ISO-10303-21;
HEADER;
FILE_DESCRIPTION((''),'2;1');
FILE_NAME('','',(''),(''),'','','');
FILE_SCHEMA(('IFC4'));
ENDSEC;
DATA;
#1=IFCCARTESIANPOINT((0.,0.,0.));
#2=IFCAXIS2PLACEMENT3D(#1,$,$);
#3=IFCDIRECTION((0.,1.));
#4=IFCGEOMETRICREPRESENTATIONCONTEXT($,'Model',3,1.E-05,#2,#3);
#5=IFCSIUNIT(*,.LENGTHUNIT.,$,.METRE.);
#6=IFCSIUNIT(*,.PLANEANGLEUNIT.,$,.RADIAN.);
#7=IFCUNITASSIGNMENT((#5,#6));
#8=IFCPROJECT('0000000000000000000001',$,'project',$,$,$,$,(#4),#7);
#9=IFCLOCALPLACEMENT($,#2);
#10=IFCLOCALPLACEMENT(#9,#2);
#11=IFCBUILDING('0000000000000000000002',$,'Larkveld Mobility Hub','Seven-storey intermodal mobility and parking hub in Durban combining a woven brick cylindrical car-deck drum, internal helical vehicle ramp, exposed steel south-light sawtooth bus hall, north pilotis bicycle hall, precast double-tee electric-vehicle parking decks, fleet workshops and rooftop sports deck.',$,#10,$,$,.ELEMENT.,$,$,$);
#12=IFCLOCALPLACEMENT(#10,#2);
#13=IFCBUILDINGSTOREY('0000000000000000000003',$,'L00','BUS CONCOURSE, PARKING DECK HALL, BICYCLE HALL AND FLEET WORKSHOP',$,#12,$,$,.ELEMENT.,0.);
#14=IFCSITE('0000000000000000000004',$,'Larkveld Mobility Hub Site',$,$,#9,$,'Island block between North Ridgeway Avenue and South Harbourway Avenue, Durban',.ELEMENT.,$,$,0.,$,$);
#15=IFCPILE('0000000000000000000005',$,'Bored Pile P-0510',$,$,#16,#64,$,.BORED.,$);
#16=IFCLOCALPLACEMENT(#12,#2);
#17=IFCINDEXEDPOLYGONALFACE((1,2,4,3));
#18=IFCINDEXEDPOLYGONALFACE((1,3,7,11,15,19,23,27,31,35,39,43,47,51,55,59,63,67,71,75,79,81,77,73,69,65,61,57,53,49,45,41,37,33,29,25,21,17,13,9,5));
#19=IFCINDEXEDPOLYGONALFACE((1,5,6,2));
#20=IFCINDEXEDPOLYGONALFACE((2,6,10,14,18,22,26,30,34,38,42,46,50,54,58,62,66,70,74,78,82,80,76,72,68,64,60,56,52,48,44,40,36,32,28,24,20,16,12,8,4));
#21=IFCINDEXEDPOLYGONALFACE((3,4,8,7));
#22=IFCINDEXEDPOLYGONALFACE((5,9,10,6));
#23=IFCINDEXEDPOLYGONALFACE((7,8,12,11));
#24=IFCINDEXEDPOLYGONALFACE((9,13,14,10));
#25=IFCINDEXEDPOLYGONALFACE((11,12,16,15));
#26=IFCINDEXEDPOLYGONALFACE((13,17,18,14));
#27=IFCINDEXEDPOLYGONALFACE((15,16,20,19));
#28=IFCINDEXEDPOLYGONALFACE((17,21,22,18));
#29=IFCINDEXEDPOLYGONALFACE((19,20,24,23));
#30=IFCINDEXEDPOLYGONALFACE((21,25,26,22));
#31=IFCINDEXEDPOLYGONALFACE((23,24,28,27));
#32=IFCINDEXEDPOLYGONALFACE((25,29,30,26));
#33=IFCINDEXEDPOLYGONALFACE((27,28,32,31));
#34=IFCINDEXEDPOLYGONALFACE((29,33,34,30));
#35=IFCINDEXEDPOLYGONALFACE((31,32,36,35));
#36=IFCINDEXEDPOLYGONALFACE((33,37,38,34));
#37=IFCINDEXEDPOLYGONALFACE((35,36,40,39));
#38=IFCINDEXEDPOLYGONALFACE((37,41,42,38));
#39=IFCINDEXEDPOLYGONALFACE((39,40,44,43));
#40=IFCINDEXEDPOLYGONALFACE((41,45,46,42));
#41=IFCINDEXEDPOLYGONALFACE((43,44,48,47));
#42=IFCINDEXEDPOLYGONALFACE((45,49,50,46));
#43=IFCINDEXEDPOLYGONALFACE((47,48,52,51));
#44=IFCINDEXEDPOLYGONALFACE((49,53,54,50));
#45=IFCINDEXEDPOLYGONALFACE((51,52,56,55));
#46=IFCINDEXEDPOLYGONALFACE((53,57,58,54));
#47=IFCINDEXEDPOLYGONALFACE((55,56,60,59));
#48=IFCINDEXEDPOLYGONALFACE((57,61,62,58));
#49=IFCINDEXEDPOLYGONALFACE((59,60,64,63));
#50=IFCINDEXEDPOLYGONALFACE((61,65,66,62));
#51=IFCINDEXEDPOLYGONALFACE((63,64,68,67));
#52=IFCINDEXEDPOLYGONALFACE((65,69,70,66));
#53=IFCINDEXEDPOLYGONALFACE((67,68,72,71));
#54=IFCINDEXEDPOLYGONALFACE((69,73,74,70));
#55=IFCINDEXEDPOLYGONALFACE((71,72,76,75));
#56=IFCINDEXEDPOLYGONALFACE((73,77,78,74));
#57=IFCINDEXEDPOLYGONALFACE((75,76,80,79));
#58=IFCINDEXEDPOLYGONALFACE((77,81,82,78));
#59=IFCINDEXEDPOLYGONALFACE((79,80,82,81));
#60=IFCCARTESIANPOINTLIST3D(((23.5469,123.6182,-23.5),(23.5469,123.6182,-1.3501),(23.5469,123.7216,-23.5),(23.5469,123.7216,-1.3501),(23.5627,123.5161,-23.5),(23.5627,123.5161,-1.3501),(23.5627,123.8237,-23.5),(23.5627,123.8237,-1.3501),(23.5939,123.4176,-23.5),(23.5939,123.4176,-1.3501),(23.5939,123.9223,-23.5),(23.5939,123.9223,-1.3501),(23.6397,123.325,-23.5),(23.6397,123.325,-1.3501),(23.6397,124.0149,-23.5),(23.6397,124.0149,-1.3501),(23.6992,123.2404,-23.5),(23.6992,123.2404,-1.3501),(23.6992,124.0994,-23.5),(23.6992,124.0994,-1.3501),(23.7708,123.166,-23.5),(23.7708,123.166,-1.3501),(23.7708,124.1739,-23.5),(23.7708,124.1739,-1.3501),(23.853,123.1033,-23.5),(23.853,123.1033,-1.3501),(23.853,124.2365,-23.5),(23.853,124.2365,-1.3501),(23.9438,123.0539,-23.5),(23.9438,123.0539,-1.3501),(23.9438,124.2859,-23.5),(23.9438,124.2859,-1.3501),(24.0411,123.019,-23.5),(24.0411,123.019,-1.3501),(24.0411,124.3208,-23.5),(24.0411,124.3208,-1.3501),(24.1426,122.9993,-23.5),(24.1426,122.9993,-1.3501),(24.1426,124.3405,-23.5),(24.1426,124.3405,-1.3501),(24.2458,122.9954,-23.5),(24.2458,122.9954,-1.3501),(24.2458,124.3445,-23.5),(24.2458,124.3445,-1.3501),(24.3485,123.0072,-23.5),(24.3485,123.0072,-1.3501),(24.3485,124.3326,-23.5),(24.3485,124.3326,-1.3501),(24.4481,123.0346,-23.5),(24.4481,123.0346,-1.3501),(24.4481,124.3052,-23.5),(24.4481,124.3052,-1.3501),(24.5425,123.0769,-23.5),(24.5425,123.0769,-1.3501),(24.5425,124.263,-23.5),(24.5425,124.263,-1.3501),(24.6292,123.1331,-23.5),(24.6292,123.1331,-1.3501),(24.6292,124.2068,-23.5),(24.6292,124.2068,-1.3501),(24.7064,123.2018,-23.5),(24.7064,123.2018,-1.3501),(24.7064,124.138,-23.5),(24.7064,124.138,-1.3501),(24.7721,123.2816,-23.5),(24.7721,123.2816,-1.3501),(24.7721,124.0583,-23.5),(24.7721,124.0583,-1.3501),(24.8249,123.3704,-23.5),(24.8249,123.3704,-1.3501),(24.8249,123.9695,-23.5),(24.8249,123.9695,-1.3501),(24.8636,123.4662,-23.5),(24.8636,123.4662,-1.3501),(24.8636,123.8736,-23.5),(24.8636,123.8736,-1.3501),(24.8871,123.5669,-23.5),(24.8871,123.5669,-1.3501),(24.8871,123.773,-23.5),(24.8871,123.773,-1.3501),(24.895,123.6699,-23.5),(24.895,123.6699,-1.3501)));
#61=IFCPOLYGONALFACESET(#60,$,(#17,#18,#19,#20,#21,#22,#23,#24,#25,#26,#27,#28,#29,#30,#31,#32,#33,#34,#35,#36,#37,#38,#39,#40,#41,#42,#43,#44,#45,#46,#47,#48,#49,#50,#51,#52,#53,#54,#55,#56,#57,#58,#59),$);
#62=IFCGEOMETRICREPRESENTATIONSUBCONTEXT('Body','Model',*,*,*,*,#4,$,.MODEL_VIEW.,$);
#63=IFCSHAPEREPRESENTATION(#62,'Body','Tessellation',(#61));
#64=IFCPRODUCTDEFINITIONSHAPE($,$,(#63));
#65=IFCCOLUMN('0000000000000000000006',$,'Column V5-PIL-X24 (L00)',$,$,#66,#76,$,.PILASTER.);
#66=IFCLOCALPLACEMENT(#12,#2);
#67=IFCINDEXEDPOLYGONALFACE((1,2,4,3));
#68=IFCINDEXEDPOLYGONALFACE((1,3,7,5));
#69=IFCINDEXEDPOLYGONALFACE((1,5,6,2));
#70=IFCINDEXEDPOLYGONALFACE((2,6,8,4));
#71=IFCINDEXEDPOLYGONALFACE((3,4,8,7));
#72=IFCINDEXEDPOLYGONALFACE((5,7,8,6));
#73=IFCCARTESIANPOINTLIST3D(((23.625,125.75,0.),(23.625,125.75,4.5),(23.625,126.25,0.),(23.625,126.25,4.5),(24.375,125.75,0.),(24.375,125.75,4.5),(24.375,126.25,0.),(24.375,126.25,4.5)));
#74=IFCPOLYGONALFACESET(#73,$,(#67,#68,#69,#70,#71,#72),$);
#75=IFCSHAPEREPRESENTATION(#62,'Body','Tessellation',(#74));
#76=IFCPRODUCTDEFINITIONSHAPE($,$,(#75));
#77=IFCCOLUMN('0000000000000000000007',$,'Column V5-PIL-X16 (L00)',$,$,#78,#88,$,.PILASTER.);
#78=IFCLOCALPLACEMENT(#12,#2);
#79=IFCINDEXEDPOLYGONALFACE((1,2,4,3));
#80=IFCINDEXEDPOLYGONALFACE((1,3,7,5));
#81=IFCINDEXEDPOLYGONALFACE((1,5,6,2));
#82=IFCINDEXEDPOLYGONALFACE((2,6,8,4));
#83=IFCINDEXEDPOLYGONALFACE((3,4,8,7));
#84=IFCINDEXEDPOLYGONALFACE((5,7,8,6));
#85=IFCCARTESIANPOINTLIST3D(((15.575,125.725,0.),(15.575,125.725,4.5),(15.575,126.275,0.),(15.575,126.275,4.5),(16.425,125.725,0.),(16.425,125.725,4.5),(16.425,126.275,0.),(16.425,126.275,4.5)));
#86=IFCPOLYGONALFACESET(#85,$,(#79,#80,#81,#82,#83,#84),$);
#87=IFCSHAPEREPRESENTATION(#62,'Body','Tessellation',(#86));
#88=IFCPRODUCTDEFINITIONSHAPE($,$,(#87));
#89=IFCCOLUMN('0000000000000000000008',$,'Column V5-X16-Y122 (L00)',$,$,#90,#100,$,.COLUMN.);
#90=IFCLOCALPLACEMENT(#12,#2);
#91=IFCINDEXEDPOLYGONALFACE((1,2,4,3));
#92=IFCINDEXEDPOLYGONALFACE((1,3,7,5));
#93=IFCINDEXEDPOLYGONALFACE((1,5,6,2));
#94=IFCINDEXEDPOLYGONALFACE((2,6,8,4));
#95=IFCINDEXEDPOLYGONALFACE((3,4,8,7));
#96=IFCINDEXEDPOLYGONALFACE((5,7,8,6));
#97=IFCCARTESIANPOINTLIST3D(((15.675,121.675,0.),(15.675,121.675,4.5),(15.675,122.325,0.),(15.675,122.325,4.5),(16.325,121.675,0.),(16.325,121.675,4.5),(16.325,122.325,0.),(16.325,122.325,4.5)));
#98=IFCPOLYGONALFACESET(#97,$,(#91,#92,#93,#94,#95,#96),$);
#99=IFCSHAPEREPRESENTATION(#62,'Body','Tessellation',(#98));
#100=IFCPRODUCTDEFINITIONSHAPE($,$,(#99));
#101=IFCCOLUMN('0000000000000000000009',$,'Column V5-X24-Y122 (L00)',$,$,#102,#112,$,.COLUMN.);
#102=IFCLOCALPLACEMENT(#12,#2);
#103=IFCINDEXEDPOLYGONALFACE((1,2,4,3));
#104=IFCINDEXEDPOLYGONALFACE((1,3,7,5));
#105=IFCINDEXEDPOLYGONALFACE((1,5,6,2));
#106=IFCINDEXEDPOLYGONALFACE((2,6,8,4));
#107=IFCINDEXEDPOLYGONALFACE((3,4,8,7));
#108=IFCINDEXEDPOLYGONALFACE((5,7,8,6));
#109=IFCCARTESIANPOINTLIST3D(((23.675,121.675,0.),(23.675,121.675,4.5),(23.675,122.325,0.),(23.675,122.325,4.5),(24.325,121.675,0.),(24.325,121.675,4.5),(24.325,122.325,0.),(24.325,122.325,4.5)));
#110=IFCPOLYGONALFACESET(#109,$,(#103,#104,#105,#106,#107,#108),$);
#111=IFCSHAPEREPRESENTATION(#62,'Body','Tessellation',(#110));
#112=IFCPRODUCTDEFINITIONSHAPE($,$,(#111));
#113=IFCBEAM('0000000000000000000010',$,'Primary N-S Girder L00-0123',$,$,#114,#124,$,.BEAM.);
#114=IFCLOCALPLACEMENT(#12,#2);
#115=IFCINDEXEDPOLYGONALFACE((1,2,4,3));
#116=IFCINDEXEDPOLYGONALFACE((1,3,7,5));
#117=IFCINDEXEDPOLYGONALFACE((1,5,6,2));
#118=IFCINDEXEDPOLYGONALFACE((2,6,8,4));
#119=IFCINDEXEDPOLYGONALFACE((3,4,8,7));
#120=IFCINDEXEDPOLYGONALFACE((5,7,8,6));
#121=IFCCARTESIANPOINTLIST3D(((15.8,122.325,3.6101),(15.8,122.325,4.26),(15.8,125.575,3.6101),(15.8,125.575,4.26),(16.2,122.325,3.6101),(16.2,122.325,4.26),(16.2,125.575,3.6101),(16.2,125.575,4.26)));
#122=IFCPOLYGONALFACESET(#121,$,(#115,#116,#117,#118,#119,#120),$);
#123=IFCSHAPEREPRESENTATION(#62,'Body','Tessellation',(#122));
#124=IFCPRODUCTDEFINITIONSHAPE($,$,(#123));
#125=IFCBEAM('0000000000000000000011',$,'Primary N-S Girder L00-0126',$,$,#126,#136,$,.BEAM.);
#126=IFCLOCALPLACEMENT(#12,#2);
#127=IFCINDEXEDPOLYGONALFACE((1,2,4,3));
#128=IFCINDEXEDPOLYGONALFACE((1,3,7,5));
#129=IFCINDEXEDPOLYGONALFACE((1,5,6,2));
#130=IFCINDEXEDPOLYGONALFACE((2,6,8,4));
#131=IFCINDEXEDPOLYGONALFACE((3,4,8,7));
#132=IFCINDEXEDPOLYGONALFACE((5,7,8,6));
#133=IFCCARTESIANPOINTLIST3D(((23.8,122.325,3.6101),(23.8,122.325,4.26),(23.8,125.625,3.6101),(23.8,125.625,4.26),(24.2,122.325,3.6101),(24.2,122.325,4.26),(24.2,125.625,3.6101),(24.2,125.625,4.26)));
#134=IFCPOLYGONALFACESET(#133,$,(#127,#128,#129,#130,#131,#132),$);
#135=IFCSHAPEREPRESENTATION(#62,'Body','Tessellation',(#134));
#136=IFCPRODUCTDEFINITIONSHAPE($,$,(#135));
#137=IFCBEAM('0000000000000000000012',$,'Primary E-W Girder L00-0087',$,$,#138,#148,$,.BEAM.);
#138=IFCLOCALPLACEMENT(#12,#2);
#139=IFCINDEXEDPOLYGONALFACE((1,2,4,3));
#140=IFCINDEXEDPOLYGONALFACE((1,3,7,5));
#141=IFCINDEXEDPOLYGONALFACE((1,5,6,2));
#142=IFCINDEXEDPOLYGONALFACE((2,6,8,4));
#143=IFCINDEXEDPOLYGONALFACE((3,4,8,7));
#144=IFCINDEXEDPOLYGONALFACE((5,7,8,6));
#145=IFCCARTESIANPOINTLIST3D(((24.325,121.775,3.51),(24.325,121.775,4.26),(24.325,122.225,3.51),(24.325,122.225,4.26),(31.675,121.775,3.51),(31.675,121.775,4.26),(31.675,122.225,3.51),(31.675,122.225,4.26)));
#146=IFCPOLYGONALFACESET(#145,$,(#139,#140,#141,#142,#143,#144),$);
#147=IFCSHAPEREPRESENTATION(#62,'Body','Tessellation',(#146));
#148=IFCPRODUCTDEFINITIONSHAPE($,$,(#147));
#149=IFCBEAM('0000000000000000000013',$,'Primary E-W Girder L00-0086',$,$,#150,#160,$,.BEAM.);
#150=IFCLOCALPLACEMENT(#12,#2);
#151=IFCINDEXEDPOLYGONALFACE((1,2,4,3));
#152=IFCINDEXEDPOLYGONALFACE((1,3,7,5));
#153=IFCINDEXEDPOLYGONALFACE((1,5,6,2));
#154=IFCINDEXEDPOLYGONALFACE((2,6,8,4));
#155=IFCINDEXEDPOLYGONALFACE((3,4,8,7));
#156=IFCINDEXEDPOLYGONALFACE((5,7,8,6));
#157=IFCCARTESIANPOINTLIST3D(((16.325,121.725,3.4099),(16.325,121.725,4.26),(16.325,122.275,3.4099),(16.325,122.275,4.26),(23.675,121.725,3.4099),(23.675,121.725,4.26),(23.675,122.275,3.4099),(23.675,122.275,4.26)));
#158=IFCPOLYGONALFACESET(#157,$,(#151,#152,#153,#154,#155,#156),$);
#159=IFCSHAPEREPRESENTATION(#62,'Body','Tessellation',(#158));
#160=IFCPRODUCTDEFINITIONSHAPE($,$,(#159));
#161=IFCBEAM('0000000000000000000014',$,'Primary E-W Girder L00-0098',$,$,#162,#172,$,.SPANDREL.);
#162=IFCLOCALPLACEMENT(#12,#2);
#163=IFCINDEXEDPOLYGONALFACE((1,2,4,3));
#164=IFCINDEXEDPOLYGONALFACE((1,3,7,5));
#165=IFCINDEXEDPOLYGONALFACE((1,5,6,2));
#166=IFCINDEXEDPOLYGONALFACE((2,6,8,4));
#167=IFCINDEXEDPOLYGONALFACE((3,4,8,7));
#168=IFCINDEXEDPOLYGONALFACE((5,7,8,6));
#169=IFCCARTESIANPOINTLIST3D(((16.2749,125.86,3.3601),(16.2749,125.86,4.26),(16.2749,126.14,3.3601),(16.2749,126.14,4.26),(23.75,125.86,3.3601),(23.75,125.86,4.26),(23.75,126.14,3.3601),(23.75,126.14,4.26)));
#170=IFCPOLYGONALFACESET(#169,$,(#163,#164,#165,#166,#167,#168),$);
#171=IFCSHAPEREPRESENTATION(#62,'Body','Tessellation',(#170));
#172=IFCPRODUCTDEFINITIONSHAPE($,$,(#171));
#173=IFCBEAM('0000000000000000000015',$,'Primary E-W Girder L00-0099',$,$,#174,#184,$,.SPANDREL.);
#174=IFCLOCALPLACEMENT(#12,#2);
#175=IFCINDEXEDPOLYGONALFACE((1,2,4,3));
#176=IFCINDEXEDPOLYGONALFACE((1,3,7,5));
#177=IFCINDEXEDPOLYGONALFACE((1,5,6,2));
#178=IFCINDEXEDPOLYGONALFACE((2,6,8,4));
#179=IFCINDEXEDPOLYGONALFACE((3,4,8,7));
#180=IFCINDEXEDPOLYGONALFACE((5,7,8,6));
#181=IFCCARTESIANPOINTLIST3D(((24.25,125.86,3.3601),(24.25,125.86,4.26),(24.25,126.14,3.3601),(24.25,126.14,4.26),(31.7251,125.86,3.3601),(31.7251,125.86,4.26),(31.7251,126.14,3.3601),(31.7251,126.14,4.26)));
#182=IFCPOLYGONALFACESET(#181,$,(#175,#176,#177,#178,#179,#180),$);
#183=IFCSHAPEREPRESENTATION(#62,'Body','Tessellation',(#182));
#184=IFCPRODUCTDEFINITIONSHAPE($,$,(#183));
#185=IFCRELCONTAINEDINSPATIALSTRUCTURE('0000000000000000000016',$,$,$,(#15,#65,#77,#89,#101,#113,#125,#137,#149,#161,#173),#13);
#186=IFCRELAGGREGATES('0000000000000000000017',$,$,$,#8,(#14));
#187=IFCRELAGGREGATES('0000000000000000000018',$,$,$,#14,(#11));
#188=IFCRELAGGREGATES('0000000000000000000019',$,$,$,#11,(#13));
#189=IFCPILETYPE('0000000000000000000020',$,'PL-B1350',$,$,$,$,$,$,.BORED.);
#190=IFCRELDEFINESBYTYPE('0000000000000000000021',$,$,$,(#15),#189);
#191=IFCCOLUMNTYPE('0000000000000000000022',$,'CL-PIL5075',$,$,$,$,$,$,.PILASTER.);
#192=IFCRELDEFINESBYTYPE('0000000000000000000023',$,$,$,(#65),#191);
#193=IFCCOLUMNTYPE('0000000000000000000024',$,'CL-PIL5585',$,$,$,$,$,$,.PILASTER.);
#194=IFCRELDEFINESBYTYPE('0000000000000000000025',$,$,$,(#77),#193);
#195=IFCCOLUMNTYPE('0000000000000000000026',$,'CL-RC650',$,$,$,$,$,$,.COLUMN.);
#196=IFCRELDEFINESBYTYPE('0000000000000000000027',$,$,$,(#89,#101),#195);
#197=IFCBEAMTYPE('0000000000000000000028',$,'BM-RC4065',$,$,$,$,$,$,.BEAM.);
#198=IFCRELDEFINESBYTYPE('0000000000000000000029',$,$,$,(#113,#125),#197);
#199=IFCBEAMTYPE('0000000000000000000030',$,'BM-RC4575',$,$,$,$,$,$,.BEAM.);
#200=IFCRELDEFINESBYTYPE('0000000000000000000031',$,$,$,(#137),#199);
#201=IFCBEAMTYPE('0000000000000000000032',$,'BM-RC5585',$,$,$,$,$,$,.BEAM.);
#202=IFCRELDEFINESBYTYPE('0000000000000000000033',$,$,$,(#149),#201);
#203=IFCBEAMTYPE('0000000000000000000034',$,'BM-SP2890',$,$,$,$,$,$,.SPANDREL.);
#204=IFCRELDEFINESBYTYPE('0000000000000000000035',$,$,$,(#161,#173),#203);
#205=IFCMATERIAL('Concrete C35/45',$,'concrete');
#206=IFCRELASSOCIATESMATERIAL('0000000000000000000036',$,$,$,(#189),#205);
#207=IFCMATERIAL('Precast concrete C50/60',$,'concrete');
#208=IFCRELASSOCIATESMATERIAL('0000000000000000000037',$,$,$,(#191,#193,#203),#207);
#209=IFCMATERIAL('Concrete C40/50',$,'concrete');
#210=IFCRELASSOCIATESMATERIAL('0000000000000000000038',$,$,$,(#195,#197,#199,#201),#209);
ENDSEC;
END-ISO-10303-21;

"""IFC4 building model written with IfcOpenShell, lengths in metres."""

from ifc_helpers import new_model, si_unit, direction, frame, origin, origin_2d, place, context, subcontext, project, spatial, rectangle, circle, extrude, material, material_profile, profile_set, type_object, element, save


model = new_model("IFC4")

# Units and contexts
model_context = context("Model", 3, precision=1e-05, world=origin(), true_north=direction((0.0, 1.0)))
body_context = subcontext(model_context, "Body", "Model", "MODEL_VIEW")
ifc_project = project(units=[si_unit("LENGTHUNIT", "METRE"), si_unit("PLANEANGLEUNIT", "RADIAN")], contexts=[model_context])

# Site, building, storey
site_placement = place(None, origin())
site = spatial("IfcSite", under=ifc_project, at=site_placement, Name="Larkveld Mobility Hub Site", LongName="Island block between North Ridgeway Avenue and South Harbourway Avenue, Durban", CompositionType="ELEMENT", RefElevation=0.0)
building_placement = place(site_placement, origin())
building = spatial("IfcBuilding", under=site, at=building_placement, Name="Larkveld Mobility Hub", Description="Seven-storey intermodal mobility and parking hub in Durban combining a woven brick cylindrical car-deck drum, internal helical vehicle ramp, exposed steel south-light sawtooth bus hall, north pilotis bicycle hall, precast double-tee electric-vehicle parking decks, fleet workshops and rooftop sports deck.", CompositionType="ELEMENT")
storey_placement = place(building_placement, origin())
storey = spatial("IfcBuildingStorey", under=building, at=storey_placement, Name="L00", Description="BUS CONCOURSE, PARKING DECK HALL, BICYCLE HALL AND FLEET WORKSHOP", CompositionType="ELEMENT", Elevation=0.0)

# Shared definitions
ifc_material_1 = material(Name="Concrete C35/45", Category="concrete")

# Pile
ifc_material_profile_1 = material_profile(ifc_material_1, circle(Radius=0.675, at=origin_2d()), Name="PILE D1350")
ifc_profile_set_1 = profile_set([ifc_material_profile_1], Name="Concrete C35/45")
pile_type_1 = type_object("IfcPileType", Name="PL-B1350", PredefinedType="BORED", material=ifc_profile_set_1)
for number, where, z_axis, x_axis, name in (
    (1, (24.22, 123.6699, -1.3501), (0.0, 0.0, -1.0), (1.0, 0.0, 0.0), "Bored Pile P-0510"),
):
    element("IfcPile", number, at=place(storey_placement, frame(where, z_axis=z_axis, x_axis=x_axis)), inside=storey, type_object=pile_type_1, Name=name, PredefinedType="BORED", context=body_context, shape_type="SweptSolid", body=[
        extrude(circle(Radius=0.675, at=origin_2d()), origin(), (0.0, 0.0, 1.0), 22.1499),
    ])

# Columns
ifc_material_2 = material(Name="Precast concrete C50/60", Category="concrete")
ifc_material_profile_2 = material_profile(ifc_material_2, rectangle(XDim=0.5, YDim=0.75, at=origin_2d()), Name="PC PIL 500x750")
ifc_profile_set_2 = profile_set([ifc_material_profile_2], Name="Precast concrete C50/60")
column_type_1 = type_object("IfcColumnType", Name="CL-PIL5075", PredefinedType="PILASTER", material=ifc_profile_set_2)
column_1_placement = place(storey_placement, frame((24.0, 126.0, 0.0), z_axis=(0.0, 0.0, 1.0), x_axis=(0.0, 1.0, 0.0)))
element("IfcColumn", 2, at=column_1_placement, inside=storey, type_object=column_type_1, Name="Column V5-PIL-X24 (L00)", PredefinedType="PILASTER", context=body_context, shape_type="SweptSolid", body=[
    extrude(rectangle(XDim=0.5, YDim=0.75, at=origin_2d()), origin(), (0.0, 0.0, 1.0), 4.5),
])
ifc_material_profile_3 = material_profile(ifc_material_2, rectangle(XDim=0.55, YDim=0.8501, at=origin_2d()), Name="PC PIL 550x850")
ifc_profile_set_3 = profile_set([ifc_material_profile_3], Name="Precast concrete C50/60")
column_type_2 = type_object("IfcColumnType", Name="CL-PIL5585", PredefinedType="PILASTER", material=ifc_profile_set_3)
column_2_placement = place(storey_placement, frame((16.0, 126.0, 0.0), z_axis=(0.0, 0.0, 1.0), x_axis=(0.0, 1.0, 0.0)))
element("IfcColumn", 3, at=column_2_placement, inside=storey, type_object=column_type_2, Name="Column V5-PIL-X16 (L00)", PredefinedType="PILASTER", context=body_context, shape_type="SweptSolid", body=[
    extrude(rectangle(XDim=0.55, YDim=0.8501, at=origin_2d()), origin(), (0.0, 0.0, 1.0), 4.5),
])
ifc_material_3 = material(Name="Concrete C40/50", Category="concrete")
ifc_material_profile_4 = material_profile(ifc_material_3, rectangle(XDim=0.6499, YDim=0.6499, at=origin_2d()), Name="RC COL 650x650")
ifc_profile_set_4 = profile_set([ifc_material_profile_4], Name="Concrete C40/50")
column_type_3 = type_object("IfcColumnType", Name="CL-RC650", PredefinedType="COLUMN", material=ifc_profile_set_4)
for number, where, z_axis, x_axis, name in (
    (4, (16.0, 122.0, 0.0), (0.0, 0.0, 1.0), (1.0, 0.0, 0.0), "Column V5-X16-Y122 (L00)"),
    (5, (24.0, 122.0, 0.0), (0.0, 0.0, 1.0), (1.0, 0.0, 0.0), "Column V5-X24-Y122 (L00)"),
):
    element("IfcColumn", number, at=place(storey_placement, frame(where, z_axis=z_axis, x_axis=x_axis)), inside=storey, type_object=column_type_3, Name=name, PredefinedType="COLUMN", context=body_context, shape_type="SweptSolid", body=[
        extrude(rectangle(XDim=0.6499, YDim=0.6499, at=origin_2d()), origin(), (0.0, 0.0, 1.0), 4.5),
    ])

# Beams
ifc_material_profile_5 = material_profile(ifc_material_3, rectangle(XDim=0.3999, YDim=0.6499, at=origin_2d()), Name="RC BM 400x650")
ifc_profile_set_5 = profile_set([ifc_material_profile_5], Name="Concrete C40/50")
beam_type_1 = type_object("IfcBeamType", Name="BM-RC4065", PredefinedType="BEAM", material=ifc_profile_set_5)
beam_1_placement = place(storey_placement, frame((16.0, 122.325, 3.9351), z_axis=(0.0, 1.0, 0.0), x_axis=(-1.0, 0.0, 0.0)))
element("IfcBeam", 6, at=beam_1_placement, inside=storey, type_object=beam_type_1, Name="Primary N-S Girder L00-0123", PredefinedType="BEAM", context=body_context, shape_type="SweptSolid", body=[
    extrude(rectangle(XDim=0.3999, YDim=0.6499, at=origin_2d()), origin(), (0.0, 0.0, 1.0), 3.25),
])
beam_2_placement = place(storey_placement, frame((24.0, 122.325, 3.9351), z_axis=(0.0, 1.0, 0.0), x_axis=(-1.0, 0.0, 0.0)))
element("IfcBeam", 7, at=beam_2_placement, inside=storey, type_object=beam_type_1, Name="Primary N-S Girder L00-0126", PredefinedType="BEAM", context=body_context, shape_type="SweptSolid", body=[
    extrude(rectangle(XDim=0.3999, YDim=0.6499, at=origin_2d()), origin(), (0.0, 0.0, 1.0), 3.3),
])
ifc_material_profile_6 = material_profile(ifc_material_3, rectangle(XDim=0.45, YDim=0.75, at=origin_2d()), Name="RC BM 450x750")
ifc_profile_set_6 = profile_set([ifc_material_profile_6], Name="Concrete C40/50")
beam_type_2 = type_object("IfcBeamType", Name="BM-RC4575", PredefinedType="BEAM", material=ifc_profile_set_6)
beam_3_placement = place(storey_placement, frame((24.325, 122.0, 3.885), z_axis=(1.0, 0.0, 0.0), x_axis=(0.0, 1.0, 0.0)))
element("IfcBeam", 8, at=beam_3_placement, inside=storey, type_object=beam_type_2, Name="Primary E-W Girder L00-0087", PredefinedType="BEAM", context=body_context, shape_type="SweptSolid", body=[
    extrude(rectangle(XDim=0.45, YDim=0.75, at=origin_2d()), origin(), (0.0, 0.0, 1.0), 7.3501),
])
ifc_material_profile_7 = material_profile(ifc_material_3, rectangle(XDim=0.55, YDim=0.8501, at=origin_2d()), Name="RC BM 550x850")
ifc_profile_set_7 = profile_set([ifc_material_profile_7], Name="Concrete C40/50")
beam_type_3 = type_object("IfcBeamType", Name="BM-RC5585", PredefinedType="BEAM", material=ifc_profile_set_7)
beam_4_placement = place(storey_placement, frame((16.325, 122.0, 3.835), z_axis=(1.0, 0.0, 0.0), x_axis=(0.0, 1.0, 0.0)))
element("IfcBeam", 9, at=beam_4_placement, inside=storey, type_object=beam_type_3, Name="Primary E-W Girder L00-0086", PredefinedType="BEAM", context=body_context, shape_type="SweptSolid", body=[
    extrude(rectangle(XDim=0.55, YDim=0.8501, at=origin_2d()), origin(), (0.0, 0.0, 1.0), 7.3501),
])
ifc_material_profile_8 = material_profile(ifc_material_2, rectangle(XDim=0.28, YDim=0.8999, at=origin_2d()), Name="PC SP 280x900")
ifc_profile_set_8 = profile_set([ifc_material_profile_8], Name="Precast concrete C50/60")
beam_type_4 = type_object("IfcBeamType", Name="BM-SP2890", PredefinedType="SPANDREL", material=ifc_profile_set_8)
for number, where, z_axis, x_axis, name in (
    (10, (16.2749, 126.0, 3.8101), (1.0, 0.0, 0.0), (0.0, 1.0, 0.0), "Primary E-W Girder L00-0098"),
    (11, (24.25, 126.0, 3.8101), (1.0, 0.0, 0.0), (0.0, 1.0, 0.0), "Primary E-W Girder L00-0099"),
):
    element("IfcBeam", number, at=place(storey_placement, frame(where, z_axis=z_axis, x_axis=x_axis)), inside=storey, type_object=beam_type_4, Name=name, PredefinedType="SPANDREL", context=body_context, shape_type="SweptSolid", body=[
        extrude(rectangle(XDim=0.28, YDim=0.8999, at=origin_2d()), origin(), (0.0, 0.0, 1.0), 7.4751),
    ])

save(model, "model.ifc")
